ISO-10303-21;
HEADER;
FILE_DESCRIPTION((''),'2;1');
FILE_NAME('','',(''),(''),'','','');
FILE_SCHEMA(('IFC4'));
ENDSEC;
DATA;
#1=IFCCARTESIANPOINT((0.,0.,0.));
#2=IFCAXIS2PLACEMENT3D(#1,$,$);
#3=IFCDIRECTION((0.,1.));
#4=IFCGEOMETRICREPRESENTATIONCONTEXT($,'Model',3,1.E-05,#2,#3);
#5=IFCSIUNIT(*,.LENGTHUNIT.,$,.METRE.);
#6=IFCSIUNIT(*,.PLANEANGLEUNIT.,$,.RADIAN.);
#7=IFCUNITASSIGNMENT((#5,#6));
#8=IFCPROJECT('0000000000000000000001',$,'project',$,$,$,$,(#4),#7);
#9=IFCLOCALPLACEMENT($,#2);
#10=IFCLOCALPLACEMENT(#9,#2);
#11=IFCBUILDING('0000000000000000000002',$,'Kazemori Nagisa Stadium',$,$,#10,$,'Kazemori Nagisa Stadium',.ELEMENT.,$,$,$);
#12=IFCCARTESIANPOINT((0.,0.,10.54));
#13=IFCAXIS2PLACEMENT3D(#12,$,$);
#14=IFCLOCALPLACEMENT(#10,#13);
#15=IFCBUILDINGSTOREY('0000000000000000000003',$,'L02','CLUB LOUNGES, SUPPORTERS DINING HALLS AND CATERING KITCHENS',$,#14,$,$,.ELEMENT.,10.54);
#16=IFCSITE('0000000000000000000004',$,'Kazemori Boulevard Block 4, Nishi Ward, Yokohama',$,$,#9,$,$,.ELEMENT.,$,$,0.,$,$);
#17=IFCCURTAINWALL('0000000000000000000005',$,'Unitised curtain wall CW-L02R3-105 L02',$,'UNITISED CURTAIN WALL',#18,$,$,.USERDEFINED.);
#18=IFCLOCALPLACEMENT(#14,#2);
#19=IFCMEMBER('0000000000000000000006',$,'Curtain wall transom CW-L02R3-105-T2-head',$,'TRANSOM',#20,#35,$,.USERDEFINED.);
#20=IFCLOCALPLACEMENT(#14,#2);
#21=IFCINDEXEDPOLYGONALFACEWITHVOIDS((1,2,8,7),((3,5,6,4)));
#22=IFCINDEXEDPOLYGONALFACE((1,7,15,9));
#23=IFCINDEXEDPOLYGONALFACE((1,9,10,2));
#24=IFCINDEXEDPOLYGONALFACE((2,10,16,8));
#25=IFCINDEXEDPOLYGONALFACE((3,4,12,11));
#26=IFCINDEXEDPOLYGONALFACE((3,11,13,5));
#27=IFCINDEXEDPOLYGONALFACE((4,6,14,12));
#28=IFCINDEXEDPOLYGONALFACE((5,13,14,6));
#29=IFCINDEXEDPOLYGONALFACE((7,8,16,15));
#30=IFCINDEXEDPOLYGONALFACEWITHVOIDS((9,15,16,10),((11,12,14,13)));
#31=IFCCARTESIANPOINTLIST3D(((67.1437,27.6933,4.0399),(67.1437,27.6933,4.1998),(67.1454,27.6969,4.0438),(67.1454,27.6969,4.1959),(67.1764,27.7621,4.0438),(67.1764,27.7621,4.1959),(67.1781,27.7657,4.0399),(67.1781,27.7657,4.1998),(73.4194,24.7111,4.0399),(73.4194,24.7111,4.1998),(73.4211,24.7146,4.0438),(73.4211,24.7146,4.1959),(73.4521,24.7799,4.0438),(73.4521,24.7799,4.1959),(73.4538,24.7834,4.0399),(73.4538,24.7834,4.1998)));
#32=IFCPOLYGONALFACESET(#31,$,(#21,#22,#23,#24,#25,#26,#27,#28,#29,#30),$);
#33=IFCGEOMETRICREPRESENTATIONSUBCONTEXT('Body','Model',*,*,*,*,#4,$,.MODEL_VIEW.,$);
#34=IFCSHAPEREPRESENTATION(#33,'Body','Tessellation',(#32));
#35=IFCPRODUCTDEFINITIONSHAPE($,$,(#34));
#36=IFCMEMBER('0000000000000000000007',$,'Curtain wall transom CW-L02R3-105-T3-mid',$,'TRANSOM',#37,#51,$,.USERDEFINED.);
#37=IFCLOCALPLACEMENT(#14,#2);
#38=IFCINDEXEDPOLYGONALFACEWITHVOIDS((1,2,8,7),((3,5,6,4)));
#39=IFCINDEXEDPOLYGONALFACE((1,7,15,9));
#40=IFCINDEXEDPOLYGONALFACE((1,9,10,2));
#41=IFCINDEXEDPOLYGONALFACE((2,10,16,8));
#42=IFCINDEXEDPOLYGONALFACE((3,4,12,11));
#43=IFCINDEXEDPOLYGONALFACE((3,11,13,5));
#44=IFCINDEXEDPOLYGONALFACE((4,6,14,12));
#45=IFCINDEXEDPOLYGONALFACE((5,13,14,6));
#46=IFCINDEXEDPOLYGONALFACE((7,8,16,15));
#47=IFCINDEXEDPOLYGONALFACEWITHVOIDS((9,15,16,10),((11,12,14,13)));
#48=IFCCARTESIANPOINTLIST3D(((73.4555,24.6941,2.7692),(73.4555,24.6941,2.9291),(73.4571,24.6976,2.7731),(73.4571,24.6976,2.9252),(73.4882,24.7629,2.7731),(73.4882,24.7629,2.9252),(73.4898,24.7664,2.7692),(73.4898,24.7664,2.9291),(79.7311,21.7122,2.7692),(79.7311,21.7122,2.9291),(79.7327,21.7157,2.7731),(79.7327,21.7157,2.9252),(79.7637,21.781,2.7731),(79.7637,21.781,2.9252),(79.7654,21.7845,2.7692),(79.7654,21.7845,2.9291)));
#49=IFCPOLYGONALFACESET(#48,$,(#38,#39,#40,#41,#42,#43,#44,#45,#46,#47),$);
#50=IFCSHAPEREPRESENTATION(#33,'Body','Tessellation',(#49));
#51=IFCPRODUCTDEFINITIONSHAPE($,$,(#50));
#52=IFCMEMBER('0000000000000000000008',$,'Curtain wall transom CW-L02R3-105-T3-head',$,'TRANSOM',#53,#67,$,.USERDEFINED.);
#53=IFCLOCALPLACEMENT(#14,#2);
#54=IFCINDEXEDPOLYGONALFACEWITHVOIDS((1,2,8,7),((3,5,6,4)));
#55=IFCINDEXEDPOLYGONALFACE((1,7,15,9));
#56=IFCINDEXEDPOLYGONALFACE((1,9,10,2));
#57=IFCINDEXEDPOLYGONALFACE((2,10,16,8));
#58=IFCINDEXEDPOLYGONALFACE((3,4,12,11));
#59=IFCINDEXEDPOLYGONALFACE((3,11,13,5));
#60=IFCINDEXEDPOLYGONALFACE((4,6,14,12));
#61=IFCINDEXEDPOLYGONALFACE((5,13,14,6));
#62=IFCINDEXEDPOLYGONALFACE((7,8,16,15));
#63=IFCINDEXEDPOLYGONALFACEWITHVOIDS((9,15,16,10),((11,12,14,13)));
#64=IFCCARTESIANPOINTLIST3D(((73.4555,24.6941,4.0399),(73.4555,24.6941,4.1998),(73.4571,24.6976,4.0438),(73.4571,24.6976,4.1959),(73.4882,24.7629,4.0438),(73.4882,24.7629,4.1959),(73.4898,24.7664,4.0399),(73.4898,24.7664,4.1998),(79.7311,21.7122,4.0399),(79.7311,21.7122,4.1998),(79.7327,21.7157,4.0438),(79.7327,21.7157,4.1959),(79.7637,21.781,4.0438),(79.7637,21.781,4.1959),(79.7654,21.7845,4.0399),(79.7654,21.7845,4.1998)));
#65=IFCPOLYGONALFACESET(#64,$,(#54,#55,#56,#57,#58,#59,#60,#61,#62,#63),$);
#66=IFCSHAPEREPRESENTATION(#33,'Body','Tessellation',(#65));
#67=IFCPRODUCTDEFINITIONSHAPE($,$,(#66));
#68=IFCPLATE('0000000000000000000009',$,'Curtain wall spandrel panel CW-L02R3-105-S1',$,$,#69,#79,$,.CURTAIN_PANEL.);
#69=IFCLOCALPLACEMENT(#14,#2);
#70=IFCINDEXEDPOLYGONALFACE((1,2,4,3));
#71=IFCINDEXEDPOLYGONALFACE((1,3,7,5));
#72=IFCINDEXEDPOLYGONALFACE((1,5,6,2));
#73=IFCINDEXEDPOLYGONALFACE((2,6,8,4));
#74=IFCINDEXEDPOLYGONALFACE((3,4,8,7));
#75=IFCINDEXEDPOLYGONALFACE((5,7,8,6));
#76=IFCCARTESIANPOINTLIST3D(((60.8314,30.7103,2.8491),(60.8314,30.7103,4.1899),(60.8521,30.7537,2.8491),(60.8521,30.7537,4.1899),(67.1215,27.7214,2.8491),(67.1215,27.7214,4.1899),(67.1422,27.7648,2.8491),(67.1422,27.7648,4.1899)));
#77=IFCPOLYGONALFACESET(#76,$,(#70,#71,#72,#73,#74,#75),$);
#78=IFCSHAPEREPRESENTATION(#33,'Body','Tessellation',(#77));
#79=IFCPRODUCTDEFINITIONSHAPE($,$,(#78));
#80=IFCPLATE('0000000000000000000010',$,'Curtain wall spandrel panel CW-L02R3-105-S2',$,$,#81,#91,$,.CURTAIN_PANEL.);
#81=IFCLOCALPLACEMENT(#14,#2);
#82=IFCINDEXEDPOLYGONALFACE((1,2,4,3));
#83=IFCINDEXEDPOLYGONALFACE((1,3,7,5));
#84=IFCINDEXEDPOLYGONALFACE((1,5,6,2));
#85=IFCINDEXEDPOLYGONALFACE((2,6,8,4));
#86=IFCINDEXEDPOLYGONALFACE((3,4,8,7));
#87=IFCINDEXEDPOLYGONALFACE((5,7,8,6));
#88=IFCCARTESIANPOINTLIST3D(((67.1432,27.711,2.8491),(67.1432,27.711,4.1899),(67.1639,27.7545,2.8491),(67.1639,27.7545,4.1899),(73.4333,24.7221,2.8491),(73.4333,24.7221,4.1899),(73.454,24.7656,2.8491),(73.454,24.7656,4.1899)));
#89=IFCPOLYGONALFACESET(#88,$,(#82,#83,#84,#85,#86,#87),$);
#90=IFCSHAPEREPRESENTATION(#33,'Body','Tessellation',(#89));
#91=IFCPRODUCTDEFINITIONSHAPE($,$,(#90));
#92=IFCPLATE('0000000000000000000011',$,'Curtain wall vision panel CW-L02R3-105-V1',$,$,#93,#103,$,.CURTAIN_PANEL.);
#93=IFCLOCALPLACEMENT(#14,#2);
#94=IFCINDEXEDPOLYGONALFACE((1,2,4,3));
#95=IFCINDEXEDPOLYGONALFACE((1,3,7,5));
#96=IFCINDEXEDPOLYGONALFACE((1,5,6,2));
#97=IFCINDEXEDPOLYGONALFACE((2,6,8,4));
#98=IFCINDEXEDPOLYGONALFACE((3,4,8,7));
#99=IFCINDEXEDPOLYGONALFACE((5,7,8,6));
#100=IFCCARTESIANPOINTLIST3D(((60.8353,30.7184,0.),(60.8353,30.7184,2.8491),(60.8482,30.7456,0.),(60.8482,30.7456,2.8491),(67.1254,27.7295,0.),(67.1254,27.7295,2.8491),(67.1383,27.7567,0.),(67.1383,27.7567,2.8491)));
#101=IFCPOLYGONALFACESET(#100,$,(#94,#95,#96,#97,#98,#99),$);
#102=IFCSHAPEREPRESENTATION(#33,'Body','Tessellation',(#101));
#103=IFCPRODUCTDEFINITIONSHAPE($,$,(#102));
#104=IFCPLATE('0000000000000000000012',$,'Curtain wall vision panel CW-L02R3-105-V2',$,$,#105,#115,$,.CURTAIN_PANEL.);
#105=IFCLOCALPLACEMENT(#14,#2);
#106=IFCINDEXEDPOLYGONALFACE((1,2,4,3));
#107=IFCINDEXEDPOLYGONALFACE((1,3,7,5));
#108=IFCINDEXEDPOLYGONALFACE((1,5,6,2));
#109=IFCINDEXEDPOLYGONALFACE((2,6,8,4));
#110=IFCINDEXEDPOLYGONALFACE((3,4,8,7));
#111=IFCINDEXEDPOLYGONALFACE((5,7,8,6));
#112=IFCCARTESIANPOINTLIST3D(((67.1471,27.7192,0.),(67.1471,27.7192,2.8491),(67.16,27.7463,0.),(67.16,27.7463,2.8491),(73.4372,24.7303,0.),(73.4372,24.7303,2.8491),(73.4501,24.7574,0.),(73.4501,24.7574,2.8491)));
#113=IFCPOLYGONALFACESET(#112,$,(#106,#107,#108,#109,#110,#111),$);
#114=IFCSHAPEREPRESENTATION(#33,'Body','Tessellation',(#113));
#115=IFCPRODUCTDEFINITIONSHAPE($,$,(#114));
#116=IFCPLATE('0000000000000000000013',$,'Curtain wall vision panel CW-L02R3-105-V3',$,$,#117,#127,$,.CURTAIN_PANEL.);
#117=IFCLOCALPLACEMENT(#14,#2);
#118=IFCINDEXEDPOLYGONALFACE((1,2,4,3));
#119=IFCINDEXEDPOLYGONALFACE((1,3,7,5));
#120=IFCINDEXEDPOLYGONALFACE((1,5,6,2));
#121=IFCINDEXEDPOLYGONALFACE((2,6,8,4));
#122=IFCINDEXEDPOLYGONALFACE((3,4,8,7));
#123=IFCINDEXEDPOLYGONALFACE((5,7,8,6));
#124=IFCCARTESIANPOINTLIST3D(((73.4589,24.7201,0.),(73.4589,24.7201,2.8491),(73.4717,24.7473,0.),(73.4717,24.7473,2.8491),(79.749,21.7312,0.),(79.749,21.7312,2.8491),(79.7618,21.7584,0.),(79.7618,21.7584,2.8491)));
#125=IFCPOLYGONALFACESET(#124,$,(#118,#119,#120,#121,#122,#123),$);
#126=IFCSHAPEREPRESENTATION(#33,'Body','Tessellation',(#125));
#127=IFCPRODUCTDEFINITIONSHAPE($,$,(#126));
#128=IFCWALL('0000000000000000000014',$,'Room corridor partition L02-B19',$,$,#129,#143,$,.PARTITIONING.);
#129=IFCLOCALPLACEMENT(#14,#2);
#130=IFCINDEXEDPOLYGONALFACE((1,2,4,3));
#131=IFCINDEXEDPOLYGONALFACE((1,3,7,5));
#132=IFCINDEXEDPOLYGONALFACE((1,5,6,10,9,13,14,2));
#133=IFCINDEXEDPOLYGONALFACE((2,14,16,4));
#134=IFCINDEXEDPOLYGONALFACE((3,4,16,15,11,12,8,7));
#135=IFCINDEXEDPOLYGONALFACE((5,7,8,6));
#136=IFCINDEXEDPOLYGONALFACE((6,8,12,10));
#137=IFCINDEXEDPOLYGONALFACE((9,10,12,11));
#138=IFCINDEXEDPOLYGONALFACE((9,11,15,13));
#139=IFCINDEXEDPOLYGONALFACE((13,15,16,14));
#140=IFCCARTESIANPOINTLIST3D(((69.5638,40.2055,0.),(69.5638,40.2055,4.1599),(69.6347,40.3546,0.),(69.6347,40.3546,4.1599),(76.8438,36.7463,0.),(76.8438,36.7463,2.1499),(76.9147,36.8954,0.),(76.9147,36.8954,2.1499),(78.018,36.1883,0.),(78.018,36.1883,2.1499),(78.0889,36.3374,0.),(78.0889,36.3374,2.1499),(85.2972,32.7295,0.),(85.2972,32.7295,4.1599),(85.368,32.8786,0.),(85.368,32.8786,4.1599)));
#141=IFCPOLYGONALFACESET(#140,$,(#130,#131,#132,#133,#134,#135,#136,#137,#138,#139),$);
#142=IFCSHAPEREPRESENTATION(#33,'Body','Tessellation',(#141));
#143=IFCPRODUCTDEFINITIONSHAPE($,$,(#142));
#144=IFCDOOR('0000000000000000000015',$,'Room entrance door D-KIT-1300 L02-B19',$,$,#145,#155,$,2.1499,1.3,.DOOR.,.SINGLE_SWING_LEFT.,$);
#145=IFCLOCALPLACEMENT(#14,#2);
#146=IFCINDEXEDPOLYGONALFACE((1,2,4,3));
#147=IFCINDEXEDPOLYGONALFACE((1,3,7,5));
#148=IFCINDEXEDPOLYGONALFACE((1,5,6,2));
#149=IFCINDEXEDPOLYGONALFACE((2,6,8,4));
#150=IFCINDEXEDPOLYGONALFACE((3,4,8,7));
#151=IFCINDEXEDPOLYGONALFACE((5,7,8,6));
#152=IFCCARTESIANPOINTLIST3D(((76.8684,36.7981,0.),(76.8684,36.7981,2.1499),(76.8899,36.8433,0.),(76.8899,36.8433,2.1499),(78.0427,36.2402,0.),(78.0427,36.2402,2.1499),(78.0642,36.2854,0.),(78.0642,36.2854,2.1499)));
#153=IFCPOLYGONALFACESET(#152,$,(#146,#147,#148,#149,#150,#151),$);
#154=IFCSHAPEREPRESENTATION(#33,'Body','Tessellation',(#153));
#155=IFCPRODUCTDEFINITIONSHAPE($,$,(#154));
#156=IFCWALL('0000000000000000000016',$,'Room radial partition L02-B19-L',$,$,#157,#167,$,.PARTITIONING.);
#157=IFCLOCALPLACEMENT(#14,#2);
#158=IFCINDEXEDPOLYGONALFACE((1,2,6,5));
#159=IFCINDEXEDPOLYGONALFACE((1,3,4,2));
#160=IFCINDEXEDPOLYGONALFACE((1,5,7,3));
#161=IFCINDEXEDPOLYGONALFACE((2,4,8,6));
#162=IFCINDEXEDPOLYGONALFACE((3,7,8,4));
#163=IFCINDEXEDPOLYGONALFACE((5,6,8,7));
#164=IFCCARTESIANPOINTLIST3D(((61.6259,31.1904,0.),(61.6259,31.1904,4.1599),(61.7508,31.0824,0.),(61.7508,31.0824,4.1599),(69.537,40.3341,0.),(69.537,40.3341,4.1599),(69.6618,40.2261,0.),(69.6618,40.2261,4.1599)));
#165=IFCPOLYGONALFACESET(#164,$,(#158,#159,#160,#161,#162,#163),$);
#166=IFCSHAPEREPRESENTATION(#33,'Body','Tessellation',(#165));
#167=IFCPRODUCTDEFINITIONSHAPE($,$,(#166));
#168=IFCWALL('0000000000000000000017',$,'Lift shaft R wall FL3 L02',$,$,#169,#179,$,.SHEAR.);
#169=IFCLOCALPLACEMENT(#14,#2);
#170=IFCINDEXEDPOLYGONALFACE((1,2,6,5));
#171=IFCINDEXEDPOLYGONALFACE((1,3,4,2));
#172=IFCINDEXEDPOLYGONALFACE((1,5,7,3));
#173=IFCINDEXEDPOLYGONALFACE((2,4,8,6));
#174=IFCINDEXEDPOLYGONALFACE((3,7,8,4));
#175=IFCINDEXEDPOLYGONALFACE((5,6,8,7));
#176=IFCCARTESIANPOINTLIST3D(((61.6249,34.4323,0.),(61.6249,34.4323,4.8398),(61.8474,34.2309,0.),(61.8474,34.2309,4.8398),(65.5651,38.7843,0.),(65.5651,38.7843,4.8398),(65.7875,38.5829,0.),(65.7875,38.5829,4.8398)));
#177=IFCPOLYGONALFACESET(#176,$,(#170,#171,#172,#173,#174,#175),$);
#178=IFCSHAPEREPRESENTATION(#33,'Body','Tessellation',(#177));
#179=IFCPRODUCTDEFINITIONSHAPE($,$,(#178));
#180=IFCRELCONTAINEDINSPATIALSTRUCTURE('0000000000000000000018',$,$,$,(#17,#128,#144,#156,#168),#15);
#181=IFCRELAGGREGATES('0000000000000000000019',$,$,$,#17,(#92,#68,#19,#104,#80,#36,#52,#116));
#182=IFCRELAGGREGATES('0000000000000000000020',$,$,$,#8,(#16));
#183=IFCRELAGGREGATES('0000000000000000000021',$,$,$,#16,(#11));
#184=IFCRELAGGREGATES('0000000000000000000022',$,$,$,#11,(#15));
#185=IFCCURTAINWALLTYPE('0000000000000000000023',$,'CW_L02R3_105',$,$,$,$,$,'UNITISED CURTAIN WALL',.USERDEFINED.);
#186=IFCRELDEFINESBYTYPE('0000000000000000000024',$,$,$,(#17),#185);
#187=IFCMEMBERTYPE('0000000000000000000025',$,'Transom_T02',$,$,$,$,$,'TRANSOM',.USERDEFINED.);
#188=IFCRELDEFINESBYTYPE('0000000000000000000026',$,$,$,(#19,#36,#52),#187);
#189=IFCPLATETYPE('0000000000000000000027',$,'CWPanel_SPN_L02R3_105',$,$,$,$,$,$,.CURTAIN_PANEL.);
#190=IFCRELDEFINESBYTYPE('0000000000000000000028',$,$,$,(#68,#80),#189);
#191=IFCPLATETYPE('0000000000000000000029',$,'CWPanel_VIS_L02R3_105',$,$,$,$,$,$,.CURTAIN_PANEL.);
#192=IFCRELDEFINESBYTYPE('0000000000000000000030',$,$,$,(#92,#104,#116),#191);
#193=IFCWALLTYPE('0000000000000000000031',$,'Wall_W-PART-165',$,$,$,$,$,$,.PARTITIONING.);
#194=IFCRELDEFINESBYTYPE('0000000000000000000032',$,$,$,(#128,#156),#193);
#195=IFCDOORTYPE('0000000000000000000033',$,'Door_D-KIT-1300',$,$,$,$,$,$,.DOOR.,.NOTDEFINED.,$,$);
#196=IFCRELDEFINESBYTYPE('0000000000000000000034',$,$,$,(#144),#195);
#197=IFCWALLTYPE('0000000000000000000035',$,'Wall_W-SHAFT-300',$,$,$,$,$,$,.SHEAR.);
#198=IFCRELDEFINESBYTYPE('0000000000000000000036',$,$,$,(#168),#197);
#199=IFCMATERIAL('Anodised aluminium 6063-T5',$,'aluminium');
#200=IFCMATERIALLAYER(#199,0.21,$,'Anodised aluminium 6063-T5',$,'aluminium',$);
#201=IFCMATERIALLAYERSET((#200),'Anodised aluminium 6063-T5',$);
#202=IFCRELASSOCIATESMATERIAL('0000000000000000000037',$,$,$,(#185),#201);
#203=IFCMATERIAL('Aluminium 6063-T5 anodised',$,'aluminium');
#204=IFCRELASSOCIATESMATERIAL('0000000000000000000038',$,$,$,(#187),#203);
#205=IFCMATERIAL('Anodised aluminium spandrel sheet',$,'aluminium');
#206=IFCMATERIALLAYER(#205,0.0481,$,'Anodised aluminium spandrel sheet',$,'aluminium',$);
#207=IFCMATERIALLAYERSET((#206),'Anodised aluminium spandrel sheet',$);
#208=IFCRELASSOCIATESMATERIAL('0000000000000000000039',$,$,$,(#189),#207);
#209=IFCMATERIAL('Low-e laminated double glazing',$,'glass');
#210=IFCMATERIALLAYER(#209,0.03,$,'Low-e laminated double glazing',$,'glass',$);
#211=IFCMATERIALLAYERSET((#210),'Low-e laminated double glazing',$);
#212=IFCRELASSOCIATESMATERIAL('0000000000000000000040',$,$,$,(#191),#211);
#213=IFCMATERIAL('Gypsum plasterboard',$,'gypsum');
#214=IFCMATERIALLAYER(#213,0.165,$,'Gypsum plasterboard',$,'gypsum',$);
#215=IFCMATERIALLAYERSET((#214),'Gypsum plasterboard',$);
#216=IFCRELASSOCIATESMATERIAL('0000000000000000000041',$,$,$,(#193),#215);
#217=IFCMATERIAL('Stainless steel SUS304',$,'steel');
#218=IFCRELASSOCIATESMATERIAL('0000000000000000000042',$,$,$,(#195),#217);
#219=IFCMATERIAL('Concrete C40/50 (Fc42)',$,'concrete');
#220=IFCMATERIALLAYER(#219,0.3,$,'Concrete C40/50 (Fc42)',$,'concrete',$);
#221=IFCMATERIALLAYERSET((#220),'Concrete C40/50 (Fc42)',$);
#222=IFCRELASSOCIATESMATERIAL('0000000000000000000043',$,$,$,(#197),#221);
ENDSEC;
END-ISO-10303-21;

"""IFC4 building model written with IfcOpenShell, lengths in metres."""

from ifc_helpers import new_model, si_unit, direction, frame, frame_2d, origin, origin_2d, place, context, subcontext, project, spatial, rectangle, hollow_rectangle, extrude, material, layer, layer_set, material_profile, profile_set, type_object, element, fill, aggregate, save


model = new_model("IFC4")

# Units and contexts
model_context = context("Model", 3, precision=1e-05, world=origin(), true_north=direction((0.0, 1.0)))
body_context = subcontext(model_context, "Body", "Model", "MODEL_VIEW")
ifc_project = project(units=[si_unit("LENGTHUNIT", "METRE"), si_unit("PLANEANGLEUNIT", "RADIAN")], contexts=[model_context])

# Site, building, storey
site_placement = place(None, origin())
site = spatial("IfcSite", under=ifc_project, at=site_placement, Name="Kazemori Boulevard Block 4, Nishi Ward, Yokohama", CompositionType="ELEMENT", RefElevation=0.0)
building_placement = place(site_placement, origin())
building = spatial("IfcBuilding", under=site, at=building_placement, Name="Kazemori Nagisa Stadium", LongName="Kazemori Nagisa Stadium", CompositionType="ELEMENT")
storey_placement = place(building_placement, frame((0.0, 0.0, 10.54)))
storey = spatial("IfcBuildingStorey", under=building, at=storey_placement, Name="L02", Description="CLUB LOUNGES, SUPPORTERS DINING HALLS AND CATERING KITCHENS", CompositionType="ELEMENT", Elevation=10.54)

# Shared definitions
ifc_material_1 = material(Name="Concrete C40/50 (Fc42)", Category="concrete")

# Curtain wall, members, plates
ifc_material_2 = material(Name="Anodised aluminium 6063-T5", Category="aluminium")
ifc_layer_1 = layer(ifc_material_2, 0.21, Name="Anodised aluminium 6063-T5", Category="aluminium")
ifc_layer_set_1 = layer_set([ifc_layer_1], Name="Anodised aluminium 6063-T5")
curtain_wall_type = type_object("IfcCurtainWallType", Name="CW_L02R3_105", ElementType="UNITISED CURTAIN WALL", PredefinedType="USERDEFINED", material=ifc_layer_set_1)
curtain_wall_placement = place(storey_placement, origin())
curtain_wall = element("IfcCurtainWall", 1, at=curtain_wall_placement, inside=storey, type_object=curtain_wall_type, Name="Unitised curtain wall CW-L02R3-105 L02", ObjectType="UNITISED CURTAIN WALL", PredefinedType="USERDEFINED")
ifc_material_3 = material(Name="Aluminium 6063-T5 anodised", Category="aluminium")
ifc_material_profile_1 = material_profile(ifc_material_3, hollow_rectangle(XDim=0.0801, YDim=0.1599, WallThickness=0.0039, at=origin_2d()), Name="ALU-TRAN-80x160x4")
ifc_profile_set_1 = profile_set([ifc_material_profile_1], Name="Aluminium 6063-T5 anodised")
member_type_1 = type_object("IfcMemberType", Name="Transom_T02", ElementType="TRANSOM", PredefinedType="USERDEFINED", material=ifc_profile_set_1)
member_1_placement = place(storey_placement, frame((67.1609, 27.7295, 4.1199), z_axis=(0.903208, -0.429204, 0.0), x_axis=(0.429204, 0.903208, 0.0)))
member_1 = element("IfcMember", 2, at=member_1_placement, type_object=member_type_1, Name="Curtain wall transom CW-L02R3-105-T2-head", ObjectType="TRANSOM", PredefinedType="USERDEFINED", context=body_context, shape_type="SweptSolid", body=[
    extrude(hollow_rectangle(XDim=0.0801, YDim=0.1599, WallThickness=0.0039, at=origin_2d()), origin(), (0.0, 0.0, 1.0), 6.9482),
])
member_2_placement = place(storey_placement, frame((73.4727, 24.7302, 2.8491), z_axis=(0.903221, -0.429175, 0.0), x_axis=(0.429175, 0.903221, 0.0)))
member_2 = element("IfcMember", 3, at=member_2_placement, type_object=member_type_1, Name="Curtain wall transom CW-L02R3-105-T3-mid", ObjectType="TRANSOM", PredefinedType="USERDEFINED", context=body_context, shape_type="SweptSolid", body=[
    extrude(hollow_rectangle(XDim=0.0801, YDim=0.1599, WallThickness=0.0039, at=origin_2d()), origin(), (0.0, 0.0, 1.0), 6.948),
])
member_3_placement = place(storey_placement, frame((73.4727, 24.7302, 4.1199), z_axis=(0.903221, -0.429175, 0.0), x_axis=(0.429175, 0.903221, 0.0)))
member_3 = element("IfcMember", 4, at=member_3_placement, type_object=member_type_1, Name="Curtain wall transom CW-L02R3-105-T3-head", ObjectType="TRANSOM", PredefinedType="USERDEFINED", context=body_context, shape_type="SweptSolid", body=[
    extrude(hollow_rectangle(XDim=0.0801, YDim=0.1599, WallThickness=0.0039, at=origin_2d()), origin(), (0.0, 0.0, 1.0), 6.948),
])
ifc_material_4 = material(Name="Anodised aluminium spandrel sheet", Category="aluminium")
ifc_layer_2 = layer(ifc_material_4, 0.0481, Name="Anodised aluminium spandrel sheet", Category="aluminium")
ifc_layer_set_2 = layer_set([ifc_layer_2], Name="Anodised aluminium spandrel sheet")
plate_type_1 = type_object("IfcPlateType", Name="CWPanel_SPN_L02R3_105", PredefinedType="CURTAIN_PANEL", material=ifc_layer_set_2)
plate_1_placement = place(storey_placement, frame((63.9868, 29.2375, 2.8491), z_axis=(0.0, 0.0, 1.0), x_axis=(0.903216, -0.429186, 0.0)))
plate_1 = element("IfcPlate", 5, at=plate_1_placement, type_object=plate_type_1, Name="Curtain wall spandrel panel CW-L02R3-105-S1", PredefinedType="CURTAIN_PANEL", context=body_context, shape_type="SweptSolid", body=[
    extrude(rectangle(XDim=6.9641, YDim=0.0481, at=origin_2d()), origin(), (0.0, 0.0, 1.0), 1.3408),
])
plate_2_placement = place(storey_placement, frame((70.2986, 26.2383, 2.8491), z_axis=(0.0, 0.0, 1.0), x_axis=(0.903216, -0.429186, 0.0)))
plate_2 = element("IfcPlate", 6, at=plate_2_placement, type_object=plate_type_1, Name="Curtain wall spandrel panel CW-L02R3-105-S2", PredefinedType="CURTAIN_PANEL", context=body_context, shape_type="SweptSolid", body=[
    extrude(rectangle(XDim=6.9641, YDim=0.0481, at=origin_2d()), origin(), (0.0, 0.0, 1.0), 1.3408),
])
ifc_material_5 = material(Name="Low-e laminated double glazing", Category="glass")
ifc_layer_3 = layer(ifc_material_5, 0.03, Name="Low-e laminated double glazing", Category="glass")
ifc_layer_set_3 = layer_set([ifc_layer_3], Name="Low-e laminated double glazing")
plate_type_2 = type_object("IfcPlateType", Name="CWPanel_VIS_L02R3_105", PredefinedType="CURTAIN_PANEL", material=ifc_layer_set_3)
plate_3_placement = place(storey_placement, frame((63.9868, 29.2375, 0.0), z_axis=(0.0, 0.0, 1.0), x_axis=(0.903216, -0.429186, 0.0)))
plate_3 = element("IfcPlate", 7, at=plate_3_placement, type_object=plate_type_2, Name="Curtain wall vision panel CW-L02R3-105-V1", PredefinedType="CURTAIN_PANEL", context=body_context, shape_type="SweptSolid", body=[
    extrude(rectangle(XDim=6.9641, YDim=0.03, at=origin_2d()), origin(), (0.0, 0.0, 1.0), 2.8491),
])
plate_4_placement = place(storey_placement, frame((70.2986, 26.2383, 0.0), z_axis=(0.0, 0.0, 1.0), x_axis=(0.903216, -0.429186, 0.0)))
plate_4 = element("IfcPlate", 8, at=plate_4_placement, type_object=plate_type_2, Name="Curtain wall vision panel CW-L02R3-105-V2", PredefinedType="CURTAIN_PANEL", context=body_context, shape_type="SweptSolid", body=[
    extrude(rectangle(XDim=6.9641, YDim=0.03, at=origin_2d()), origin(), (0.0, 0.0, 1.0), 2.8491),
])
plate_5_placement = place(storey_placement, frame((76.6104, 23.2393, 0.0), z_axis=(0.0, 0.0, 1.0), x_axis=(0.903216, -0.429186, 0.0)))
plate_5 = element("IfcPlate", 9, at=plate_5_placement, type_object=plate_type_2, Name="Curtain wall vision panel CW-L02R3-105-V3", PredefinedType="CURTAIN_PANEL", context=body_context, shape_type="SweptSolid", body=[
    extrude(rectangle(XDim=6.9641, YDim=0.03, at=origin_2d()), origin(), (0.0, 0.0, 1.0), 2.8491),
])
aggregate(curtain_wall, [plate_3, plate_1, member_1, plate_4, plate_2, member_2, member_3, plate_5])

# Wall, opening, door
ifc_material_6 = material(Name="Gypsum plasterboard", Category="gypsum")
ifc_layer_4 = layer(ifc_material_6, 0.165, Name="Gypsum plasterboard", Category="gypsum")
ifc_layer_set_4 = layer_set([ifc_layer_4], Name="Gypsum plasterboard")
wall_type_1 = type_object("IfcWallType", Name="Wall_W-PART-165", PredefinedType="PARTITIONING", material=ifc_layer_set_4)
wall_1_placement = place(storey_placement, frame((69.5994, 40.28, 0.0), z_axis=(0.0, 0.0, 1.0), x_axis=(0.903217, -0.429184, 0.0)))
wall_1 = element("IfcWall", 10, at=wall_1_placement, inside=storey, type_object=wall_type_1, Name="Room corridor partition L02-B19", PredefinedType="PARTITIONING", context=body_context, shape_type="SweptSolid", body=[
    extrude(rectangle(XDim=17.4192, YDim=0.165, at=frame_2d((8.7095, 0.0))), origin(), (0.0, 0.0, 1.0), 4.1599),
])
opening_placement = place(wall_1_placement, frame((8.0601, 0.0, 0.0)))
opening = element("IfcOpeningElement", 11, at=opening_placement, cuts=wall_1, PredefinedType="OPENING", context=body_context, shape_type="SweptSolid", body=[
    extrude(rectangle(XDim=1.3, YDim=2.1499, at=frame_2d((0.6499, 1.075))), frame((0.0, 0.0925, 0.0), z_axis=(0.0, -1.0, 0.0), x_axis=(1.0, 0.0, 0.0)), (0.0, 0.0, 1.0), 0.1851),
])
ifc_material_7 = material(Name="Stainless steel SUS304", Category="steel")
door_type = type_object("IfcDoorType", Name="Door_D-KIT-1300", OperationType="NOTDEFINED", PredefinedType="DOOR", material=ifc_material_7)
door_placement = place(opening_placement, origin())
door = element("IfcDoor", 12, at=door_placement, inside=storey, type_object=door_type, Name="Room entrance door D-KIT-1300 L02-B19", OperationType="SINGLE_SWING_LEFT", OverallHeight=2.1499, OverallWidth=1.3, PredefinedType="DOOR", context=body_context, shape_type="SweptSolid", body=[
    extrude(rectangle(XDim=1.3, YDim=2.1499, at=frame_2d((0.6499, 1.075))), frame((0.0, 0.0249, 0.0), z_axis=(0.0, -1.0, 0.0), x_axis=(1.0, 0.0, 0.0)), (0.0, 0.0, 1.0), 0.05),
])
fill(opening, door)

# Walls
wall_2_placement = place(storey_placement, frame((69.5994, 40.28, 0.0), z_axis=(0.0, 0.0, 1.0), x_axis=(-0.654293, -0.756241, 0.0)))
element("IfcWall", 13, at=wall_2_placement, inside=storey, type_object=wall_type_1, Name="Room radial partition L02-B19-L", PredefinedType="PARTITIONING", context=body_context, shape_type="SweptSolid", body=[
    extrude(rectangle(XDim=12.0911, YDim=0.165, at=frame_2d((6.0454, 0.0))), origin(), (0.0, 0.0, 1.0), 4.1599),
])
ifc_layer_5 = layer(ifc_material_1, 0.3, Name="Concrete C40/50 (Fc42)", Category="concrete")
ifc_layer_set_5 = layer_set([ifc_layer_5], Name="Concrete C40/50 (Fc42)")
wall_type_2 = type_object("IfcWallType", Name="Wall_W-SHAFT-300", PredefinedType="SHEAR", material=ifc_layer_set_5)
wall_3_placement = place(storey_placement, frame((65.6763, 38.6836, 0.0), z_axis=(0.0, 0.0, 1.0), x_axis=(-0.671158, -0.741314, 0.0)))
element("IfcWall", 14, at=wall_3_placement, inside=storey, type_object=wall_type_2, Name="Lift shaft R wall FL3 L02", PredefinedType="SHEAR", context=body_context, shape_type="SweptSolid", body=[
    extrude(rectangle(XDim=5.8706, YDim=0.3, at=frame_2d((2.9353, 0.0))), origin(), (0.0, 0.0, 1.0), 4.8398),
])

save(model, "model.ifc")
